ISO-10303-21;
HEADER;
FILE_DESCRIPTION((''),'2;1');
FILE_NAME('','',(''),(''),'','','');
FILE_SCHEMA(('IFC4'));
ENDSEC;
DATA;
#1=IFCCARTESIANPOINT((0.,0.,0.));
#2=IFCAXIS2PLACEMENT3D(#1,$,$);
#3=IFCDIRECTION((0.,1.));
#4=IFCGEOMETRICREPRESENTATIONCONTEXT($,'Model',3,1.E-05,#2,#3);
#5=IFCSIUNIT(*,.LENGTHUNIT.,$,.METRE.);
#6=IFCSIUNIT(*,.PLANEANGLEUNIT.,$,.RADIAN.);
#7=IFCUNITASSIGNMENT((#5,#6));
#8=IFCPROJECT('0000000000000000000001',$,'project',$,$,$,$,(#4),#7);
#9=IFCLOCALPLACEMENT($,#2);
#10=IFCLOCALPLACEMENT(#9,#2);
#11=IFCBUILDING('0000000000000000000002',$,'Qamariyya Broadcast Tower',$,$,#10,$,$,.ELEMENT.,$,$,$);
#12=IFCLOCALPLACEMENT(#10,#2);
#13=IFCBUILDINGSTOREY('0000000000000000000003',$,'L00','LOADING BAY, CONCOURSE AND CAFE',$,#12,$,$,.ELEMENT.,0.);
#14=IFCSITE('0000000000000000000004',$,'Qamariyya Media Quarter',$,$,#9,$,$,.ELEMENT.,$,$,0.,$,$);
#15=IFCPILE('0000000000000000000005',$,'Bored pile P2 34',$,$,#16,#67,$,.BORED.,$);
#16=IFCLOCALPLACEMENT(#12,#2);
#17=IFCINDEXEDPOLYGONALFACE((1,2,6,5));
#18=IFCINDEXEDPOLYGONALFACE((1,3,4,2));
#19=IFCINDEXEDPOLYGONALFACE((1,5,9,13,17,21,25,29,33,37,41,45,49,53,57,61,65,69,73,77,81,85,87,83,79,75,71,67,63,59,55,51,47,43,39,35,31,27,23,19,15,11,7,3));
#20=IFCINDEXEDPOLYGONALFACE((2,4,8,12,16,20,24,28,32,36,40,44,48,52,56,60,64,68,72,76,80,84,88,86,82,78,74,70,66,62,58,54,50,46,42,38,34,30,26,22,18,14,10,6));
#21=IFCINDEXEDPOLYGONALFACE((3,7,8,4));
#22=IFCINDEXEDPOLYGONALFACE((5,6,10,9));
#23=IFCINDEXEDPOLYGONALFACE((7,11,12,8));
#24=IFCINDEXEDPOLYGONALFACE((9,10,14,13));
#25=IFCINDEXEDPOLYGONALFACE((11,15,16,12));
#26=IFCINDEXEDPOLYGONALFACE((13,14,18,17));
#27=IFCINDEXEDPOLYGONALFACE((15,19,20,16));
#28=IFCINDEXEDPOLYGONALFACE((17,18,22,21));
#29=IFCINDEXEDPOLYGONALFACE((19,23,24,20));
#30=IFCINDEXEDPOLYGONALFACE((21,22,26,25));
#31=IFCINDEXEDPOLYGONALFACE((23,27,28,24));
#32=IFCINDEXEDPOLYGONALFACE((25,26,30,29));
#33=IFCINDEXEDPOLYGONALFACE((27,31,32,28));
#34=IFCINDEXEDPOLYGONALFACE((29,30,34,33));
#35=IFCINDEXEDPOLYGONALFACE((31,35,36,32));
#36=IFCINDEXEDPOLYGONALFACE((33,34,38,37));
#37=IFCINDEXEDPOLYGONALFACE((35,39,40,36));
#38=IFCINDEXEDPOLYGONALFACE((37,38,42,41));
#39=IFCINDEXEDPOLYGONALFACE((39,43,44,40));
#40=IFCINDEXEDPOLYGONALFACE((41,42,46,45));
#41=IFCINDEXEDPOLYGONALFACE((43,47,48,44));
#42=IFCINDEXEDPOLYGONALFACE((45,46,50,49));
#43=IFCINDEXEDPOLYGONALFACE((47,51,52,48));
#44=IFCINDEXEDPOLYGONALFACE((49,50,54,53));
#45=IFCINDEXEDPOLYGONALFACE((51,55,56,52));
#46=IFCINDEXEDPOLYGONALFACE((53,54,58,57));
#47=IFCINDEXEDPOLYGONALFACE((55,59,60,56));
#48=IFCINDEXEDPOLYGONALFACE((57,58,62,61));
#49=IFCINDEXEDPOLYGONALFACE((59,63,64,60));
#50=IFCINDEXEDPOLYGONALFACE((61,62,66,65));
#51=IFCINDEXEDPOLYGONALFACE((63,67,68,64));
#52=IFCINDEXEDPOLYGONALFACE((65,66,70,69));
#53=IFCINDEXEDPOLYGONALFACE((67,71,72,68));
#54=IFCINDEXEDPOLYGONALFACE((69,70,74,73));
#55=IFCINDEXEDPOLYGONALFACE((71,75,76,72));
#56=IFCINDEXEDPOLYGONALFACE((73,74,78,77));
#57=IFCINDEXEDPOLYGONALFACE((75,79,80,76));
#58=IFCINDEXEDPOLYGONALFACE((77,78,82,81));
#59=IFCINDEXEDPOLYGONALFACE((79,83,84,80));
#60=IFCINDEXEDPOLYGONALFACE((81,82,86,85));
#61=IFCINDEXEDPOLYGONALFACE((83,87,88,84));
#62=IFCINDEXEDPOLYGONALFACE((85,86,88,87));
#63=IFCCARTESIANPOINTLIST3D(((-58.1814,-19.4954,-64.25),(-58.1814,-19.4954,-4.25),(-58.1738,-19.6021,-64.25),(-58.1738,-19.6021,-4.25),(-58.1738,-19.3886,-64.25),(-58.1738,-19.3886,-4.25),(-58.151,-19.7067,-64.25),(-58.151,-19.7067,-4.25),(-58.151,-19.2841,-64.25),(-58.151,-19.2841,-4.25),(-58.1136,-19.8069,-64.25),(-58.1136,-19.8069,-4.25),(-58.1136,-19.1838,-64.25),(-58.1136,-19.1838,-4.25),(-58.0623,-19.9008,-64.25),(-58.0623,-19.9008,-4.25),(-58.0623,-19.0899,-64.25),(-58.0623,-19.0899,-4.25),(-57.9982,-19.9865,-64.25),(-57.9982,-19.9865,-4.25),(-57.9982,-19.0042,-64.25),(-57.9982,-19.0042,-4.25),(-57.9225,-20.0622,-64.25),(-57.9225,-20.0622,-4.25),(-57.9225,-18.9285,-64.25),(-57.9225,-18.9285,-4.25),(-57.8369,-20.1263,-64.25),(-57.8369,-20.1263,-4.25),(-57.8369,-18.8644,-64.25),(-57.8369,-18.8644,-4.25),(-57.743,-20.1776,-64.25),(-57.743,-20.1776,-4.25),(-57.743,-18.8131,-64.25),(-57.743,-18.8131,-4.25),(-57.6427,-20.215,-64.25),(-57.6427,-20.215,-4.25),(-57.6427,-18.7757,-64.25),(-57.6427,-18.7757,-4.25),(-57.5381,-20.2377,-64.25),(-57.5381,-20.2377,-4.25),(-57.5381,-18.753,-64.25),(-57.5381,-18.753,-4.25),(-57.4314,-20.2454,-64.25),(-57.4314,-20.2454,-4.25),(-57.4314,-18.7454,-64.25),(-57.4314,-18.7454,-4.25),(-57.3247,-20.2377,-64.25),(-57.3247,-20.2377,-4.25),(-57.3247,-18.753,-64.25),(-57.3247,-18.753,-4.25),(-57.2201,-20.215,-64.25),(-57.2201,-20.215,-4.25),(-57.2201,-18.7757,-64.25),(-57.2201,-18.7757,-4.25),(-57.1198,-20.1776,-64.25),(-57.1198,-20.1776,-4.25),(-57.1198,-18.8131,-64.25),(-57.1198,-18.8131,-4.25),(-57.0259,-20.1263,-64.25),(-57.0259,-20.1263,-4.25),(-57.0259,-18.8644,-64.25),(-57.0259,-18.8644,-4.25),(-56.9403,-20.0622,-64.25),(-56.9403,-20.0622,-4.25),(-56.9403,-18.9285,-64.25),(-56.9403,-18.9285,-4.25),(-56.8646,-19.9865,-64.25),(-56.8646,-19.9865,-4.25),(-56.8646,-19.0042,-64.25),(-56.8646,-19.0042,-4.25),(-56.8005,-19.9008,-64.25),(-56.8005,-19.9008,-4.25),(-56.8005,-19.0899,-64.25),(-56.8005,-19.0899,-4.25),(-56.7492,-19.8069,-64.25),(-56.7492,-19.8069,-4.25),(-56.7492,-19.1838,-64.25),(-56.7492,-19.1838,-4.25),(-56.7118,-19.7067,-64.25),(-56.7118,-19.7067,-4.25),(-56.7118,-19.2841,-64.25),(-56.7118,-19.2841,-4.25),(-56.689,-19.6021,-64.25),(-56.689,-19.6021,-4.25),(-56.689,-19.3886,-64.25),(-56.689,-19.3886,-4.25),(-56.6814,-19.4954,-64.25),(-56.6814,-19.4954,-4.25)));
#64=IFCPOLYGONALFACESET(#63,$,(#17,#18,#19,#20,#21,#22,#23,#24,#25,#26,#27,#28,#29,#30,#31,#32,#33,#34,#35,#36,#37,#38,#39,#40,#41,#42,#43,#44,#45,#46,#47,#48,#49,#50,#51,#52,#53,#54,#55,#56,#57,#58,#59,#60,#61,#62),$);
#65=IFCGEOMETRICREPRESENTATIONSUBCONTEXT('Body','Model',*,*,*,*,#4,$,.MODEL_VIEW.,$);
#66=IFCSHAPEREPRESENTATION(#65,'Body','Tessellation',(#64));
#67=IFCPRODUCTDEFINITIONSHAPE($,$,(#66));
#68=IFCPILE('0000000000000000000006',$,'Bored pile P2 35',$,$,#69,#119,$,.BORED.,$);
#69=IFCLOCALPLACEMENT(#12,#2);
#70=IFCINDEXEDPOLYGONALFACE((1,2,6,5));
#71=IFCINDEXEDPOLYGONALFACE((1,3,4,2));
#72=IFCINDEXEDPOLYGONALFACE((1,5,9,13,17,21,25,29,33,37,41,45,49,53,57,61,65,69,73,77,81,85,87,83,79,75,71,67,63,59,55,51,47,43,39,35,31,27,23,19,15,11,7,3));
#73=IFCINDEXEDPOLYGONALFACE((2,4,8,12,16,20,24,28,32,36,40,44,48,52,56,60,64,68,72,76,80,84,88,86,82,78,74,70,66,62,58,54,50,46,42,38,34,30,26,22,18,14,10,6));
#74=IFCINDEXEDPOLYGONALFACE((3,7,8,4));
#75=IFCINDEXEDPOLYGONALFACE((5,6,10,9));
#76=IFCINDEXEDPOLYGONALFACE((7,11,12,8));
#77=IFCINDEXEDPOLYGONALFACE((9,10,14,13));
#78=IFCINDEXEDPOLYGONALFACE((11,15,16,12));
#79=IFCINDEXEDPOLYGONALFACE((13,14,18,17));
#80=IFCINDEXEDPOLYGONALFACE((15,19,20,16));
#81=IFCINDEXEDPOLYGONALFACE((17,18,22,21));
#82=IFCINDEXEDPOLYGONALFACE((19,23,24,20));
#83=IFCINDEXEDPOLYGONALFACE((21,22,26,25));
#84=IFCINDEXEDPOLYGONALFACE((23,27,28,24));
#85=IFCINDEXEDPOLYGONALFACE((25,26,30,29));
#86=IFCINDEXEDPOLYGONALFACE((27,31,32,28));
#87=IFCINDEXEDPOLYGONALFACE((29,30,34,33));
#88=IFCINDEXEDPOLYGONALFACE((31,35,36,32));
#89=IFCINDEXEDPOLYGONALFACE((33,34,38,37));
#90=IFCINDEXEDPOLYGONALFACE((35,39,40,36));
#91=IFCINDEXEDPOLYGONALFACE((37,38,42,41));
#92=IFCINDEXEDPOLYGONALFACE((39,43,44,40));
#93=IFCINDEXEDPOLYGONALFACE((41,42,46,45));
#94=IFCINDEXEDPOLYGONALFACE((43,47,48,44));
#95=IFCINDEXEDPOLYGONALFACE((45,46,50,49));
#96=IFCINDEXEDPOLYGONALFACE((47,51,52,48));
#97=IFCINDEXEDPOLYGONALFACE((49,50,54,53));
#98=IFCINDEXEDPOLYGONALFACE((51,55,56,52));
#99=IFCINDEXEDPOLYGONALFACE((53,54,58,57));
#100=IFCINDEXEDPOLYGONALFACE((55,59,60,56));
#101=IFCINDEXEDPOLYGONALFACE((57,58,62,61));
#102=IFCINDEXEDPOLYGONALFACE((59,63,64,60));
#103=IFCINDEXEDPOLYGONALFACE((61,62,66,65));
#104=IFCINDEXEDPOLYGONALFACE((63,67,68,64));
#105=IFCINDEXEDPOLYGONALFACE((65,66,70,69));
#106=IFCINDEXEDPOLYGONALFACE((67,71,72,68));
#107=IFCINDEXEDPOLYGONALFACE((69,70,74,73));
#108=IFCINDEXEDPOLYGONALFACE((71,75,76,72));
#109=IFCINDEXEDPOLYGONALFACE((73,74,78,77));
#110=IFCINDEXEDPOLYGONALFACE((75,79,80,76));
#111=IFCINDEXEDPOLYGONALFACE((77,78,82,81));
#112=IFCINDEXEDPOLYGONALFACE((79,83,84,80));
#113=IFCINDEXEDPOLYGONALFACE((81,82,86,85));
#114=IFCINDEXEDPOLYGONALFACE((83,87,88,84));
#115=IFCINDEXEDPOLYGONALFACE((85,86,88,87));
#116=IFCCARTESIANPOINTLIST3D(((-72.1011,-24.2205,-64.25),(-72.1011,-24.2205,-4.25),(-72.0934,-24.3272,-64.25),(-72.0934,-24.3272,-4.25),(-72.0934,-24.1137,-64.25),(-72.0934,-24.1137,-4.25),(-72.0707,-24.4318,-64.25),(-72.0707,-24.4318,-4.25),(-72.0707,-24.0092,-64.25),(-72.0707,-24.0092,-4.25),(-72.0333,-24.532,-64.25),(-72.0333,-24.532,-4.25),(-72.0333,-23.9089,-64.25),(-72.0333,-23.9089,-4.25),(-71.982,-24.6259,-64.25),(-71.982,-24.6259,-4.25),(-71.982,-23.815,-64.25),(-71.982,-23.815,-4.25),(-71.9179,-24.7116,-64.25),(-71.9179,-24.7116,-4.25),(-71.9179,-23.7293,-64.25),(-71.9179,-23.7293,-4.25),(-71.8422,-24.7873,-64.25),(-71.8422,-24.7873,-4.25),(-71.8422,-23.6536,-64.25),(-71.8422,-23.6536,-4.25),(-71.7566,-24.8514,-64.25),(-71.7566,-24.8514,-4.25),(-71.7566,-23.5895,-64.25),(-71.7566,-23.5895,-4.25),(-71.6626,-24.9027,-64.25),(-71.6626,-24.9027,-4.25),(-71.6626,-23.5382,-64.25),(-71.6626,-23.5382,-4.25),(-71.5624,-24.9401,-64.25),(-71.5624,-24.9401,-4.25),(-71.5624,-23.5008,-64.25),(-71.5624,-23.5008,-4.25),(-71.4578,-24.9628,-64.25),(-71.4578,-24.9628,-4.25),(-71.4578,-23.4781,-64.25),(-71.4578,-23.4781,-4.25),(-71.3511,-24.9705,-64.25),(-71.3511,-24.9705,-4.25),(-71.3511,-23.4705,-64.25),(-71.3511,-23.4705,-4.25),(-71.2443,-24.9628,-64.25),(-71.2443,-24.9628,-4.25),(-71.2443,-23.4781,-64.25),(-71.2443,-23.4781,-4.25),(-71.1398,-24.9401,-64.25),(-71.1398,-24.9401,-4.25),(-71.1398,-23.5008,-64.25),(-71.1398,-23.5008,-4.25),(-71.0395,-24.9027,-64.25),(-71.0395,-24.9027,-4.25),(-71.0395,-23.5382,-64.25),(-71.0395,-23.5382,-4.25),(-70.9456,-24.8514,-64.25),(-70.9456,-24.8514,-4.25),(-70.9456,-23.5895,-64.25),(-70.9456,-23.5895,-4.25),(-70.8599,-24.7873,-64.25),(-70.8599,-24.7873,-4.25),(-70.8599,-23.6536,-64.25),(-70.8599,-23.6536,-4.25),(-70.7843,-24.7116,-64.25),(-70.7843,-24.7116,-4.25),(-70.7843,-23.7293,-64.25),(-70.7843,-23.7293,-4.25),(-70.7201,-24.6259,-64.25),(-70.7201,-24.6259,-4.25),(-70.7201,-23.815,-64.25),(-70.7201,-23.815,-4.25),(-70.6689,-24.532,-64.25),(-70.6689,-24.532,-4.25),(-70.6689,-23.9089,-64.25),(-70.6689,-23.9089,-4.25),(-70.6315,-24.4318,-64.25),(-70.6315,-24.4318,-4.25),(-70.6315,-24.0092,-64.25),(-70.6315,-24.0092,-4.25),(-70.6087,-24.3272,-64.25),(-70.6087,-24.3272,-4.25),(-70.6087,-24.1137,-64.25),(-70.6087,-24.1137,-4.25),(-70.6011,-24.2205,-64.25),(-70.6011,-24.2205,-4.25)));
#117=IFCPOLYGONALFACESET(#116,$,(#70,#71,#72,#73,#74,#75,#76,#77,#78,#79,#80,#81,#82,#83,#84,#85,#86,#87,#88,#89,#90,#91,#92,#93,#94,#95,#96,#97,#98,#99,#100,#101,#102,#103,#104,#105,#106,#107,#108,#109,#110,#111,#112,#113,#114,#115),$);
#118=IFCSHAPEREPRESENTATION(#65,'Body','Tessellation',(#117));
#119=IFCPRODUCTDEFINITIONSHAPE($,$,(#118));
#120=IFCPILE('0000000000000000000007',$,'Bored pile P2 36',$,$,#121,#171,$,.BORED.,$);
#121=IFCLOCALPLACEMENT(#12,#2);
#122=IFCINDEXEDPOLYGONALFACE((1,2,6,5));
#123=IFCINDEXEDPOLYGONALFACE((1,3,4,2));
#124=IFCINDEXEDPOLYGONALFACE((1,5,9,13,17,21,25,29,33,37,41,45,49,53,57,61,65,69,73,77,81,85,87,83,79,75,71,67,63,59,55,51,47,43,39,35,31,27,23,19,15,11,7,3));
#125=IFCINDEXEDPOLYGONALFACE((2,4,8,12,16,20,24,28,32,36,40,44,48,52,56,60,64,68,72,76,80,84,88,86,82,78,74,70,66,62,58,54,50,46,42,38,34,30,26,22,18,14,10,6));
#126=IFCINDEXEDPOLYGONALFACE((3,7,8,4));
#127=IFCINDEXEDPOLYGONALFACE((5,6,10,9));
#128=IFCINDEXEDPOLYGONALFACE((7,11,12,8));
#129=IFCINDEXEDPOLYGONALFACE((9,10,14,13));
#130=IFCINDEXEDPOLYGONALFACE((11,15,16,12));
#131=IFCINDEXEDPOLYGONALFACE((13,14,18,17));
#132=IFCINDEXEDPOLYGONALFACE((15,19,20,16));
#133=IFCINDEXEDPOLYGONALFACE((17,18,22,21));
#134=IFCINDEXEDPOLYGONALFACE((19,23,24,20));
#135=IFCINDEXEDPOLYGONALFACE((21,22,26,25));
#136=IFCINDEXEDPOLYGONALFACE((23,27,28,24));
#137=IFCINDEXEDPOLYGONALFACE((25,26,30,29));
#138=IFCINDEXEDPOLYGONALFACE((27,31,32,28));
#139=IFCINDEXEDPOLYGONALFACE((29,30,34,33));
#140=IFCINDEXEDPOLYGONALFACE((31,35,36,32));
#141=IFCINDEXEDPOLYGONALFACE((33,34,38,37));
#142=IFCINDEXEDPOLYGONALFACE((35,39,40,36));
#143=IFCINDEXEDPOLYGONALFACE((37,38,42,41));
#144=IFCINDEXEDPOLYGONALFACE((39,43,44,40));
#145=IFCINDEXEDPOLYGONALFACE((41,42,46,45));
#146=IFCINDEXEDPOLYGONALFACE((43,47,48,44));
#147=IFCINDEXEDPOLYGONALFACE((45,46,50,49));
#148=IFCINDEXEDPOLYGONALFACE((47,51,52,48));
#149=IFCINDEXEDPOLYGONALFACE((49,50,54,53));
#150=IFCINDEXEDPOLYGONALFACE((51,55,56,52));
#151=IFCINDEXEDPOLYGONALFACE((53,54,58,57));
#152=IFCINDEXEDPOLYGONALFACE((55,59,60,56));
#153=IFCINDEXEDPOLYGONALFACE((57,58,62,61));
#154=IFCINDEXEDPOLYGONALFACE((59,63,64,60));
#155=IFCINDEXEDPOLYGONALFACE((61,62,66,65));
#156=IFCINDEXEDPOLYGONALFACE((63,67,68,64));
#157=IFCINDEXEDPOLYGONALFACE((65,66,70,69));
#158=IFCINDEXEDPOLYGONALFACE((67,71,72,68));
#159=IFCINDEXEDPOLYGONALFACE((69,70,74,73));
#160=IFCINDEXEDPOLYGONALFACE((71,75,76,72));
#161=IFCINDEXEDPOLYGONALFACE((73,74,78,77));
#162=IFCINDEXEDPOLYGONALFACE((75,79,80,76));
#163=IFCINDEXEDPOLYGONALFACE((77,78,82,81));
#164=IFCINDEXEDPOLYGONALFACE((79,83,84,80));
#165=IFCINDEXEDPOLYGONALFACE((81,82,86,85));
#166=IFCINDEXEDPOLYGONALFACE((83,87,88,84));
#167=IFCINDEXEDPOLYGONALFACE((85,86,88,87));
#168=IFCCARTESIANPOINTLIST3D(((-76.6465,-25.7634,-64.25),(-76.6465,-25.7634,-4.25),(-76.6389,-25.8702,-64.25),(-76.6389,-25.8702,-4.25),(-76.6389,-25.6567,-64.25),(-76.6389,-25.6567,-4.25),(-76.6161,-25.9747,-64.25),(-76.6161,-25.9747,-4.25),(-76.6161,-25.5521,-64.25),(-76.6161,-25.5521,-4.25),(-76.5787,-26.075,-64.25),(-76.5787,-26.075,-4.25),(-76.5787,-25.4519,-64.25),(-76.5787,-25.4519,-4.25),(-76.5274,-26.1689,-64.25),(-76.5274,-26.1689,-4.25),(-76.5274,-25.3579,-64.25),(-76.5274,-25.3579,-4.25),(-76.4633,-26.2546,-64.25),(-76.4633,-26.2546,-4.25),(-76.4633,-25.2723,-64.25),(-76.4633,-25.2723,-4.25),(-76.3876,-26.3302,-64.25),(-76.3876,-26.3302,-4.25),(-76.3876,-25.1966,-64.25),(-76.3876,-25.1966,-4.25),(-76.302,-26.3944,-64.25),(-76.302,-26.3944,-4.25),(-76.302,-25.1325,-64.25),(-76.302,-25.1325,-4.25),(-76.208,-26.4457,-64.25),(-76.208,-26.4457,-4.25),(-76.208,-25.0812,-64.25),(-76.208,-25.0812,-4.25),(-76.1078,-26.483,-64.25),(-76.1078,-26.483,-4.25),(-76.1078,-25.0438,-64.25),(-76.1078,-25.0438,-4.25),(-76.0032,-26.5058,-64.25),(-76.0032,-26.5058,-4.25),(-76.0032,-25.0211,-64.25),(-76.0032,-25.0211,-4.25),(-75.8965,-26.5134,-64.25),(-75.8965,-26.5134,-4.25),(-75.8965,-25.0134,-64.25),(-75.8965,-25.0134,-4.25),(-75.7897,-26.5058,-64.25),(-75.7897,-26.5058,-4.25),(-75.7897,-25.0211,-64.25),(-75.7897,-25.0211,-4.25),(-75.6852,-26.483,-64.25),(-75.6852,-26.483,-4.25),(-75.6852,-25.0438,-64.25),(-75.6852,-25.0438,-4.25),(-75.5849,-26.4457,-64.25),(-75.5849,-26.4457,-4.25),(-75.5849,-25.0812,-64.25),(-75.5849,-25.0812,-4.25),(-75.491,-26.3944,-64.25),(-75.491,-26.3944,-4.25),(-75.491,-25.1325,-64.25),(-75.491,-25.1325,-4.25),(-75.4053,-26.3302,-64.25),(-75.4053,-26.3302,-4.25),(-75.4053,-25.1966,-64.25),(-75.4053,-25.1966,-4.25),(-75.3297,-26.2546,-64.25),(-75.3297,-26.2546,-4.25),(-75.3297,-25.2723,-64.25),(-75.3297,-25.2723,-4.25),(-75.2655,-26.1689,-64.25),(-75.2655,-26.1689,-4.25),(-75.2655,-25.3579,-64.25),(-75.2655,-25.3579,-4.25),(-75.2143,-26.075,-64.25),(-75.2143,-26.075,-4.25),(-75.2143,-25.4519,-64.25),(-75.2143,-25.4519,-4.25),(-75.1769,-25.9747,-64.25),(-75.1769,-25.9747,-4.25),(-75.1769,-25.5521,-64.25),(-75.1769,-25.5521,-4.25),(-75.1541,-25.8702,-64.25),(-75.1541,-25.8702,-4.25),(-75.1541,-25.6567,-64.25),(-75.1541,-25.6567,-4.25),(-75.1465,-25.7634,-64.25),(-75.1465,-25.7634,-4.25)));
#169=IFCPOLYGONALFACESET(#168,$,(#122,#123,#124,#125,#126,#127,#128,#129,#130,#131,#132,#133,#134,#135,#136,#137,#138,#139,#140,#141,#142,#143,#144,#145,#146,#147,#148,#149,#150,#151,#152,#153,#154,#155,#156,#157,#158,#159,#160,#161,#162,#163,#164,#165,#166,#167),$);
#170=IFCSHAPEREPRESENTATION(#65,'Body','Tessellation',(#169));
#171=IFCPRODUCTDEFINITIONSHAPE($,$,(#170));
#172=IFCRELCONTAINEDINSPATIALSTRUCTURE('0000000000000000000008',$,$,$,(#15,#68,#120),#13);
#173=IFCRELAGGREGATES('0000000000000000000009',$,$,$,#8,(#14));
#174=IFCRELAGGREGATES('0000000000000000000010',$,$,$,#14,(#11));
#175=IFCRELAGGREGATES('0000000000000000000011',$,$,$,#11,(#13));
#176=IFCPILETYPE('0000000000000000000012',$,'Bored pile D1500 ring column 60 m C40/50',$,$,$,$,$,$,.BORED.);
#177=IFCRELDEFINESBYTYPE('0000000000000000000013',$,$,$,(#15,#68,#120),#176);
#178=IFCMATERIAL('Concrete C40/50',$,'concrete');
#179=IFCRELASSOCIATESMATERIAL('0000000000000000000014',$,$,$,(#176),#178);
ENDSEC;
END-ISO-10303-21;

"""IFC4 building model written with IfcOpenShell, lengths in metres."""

from ifc_helpers import new_model, si_unit, direction, frame, origin, origin_2d, place, context, subcontext, project, spatial, circle, extrude, material, material_profile, profile_set, type_object, element, save


model = new_model("IFC4")

# Units and contexts
model_context = context("Model", 3, precision=1e-05, world=origin(), true_north=direction((0.0, 1.0)))
body_context = subcontext(model_context, "Body", "Model", "MODEL_VIEW")
ifc_project = project(units=[si_unit("LENGTHUNIT", "METRE"), si_unit("PLANEANGLEUNIT", "RADIAN")], contexts=[model_context])

# Site, building, storey
site_placement = place(None, origin())
site = spatial("IfcSite", under=ifc_project, at=site_placement, Name="Qamariyya Media Quarter", CompositionType="ELEMENT", RefElevation=0.0)
building_placement = place(site_placement, origin())
building = spatial("IfcBuilding", under=site, at=building_placement, Name="Qamariyya Broadcast Tower", CompositionType="ELEMENT")
storey_placement = place(building_placement, origin())
storey = spatial("IfcBuildingStorey", under=building, at=storey_placement, Name="L00", Description="LOADING BAY, CONCOURSE AND CAFE", CompositionType="ELEMENT", Elevation=0.0)

# Piles
ifc_material_1 = material(Name="Concrete C40/50", Category="concrete")
ifc_material_profile_1 = material_profile(ifc_material_1, circle(Radius=0.75, at=origin_2d()))
ifc_profile_set_1 = profile_set([ifc_material_profile_1], Name="Concrete C40/50")
pile_type_1 = type_object("IfcPileType", Name="Bored pile D1500 ring column 60 m C40/50", PredefinedType="BORED", material=ifc_profile_set_1)
for number, where, z_axis, x_axis, name in (
    (1, (-57.4314, -19.4954, -4.25), (0.0, 0.0, -1.0), (1.0, 0.0, 0.0), "Bored pile P2 34"),
    (2, (-71.3511, -24.2205, -4.25), (0.0, 0.0, -1.0), (1.0, 0.0, 0.0), "Bored pile P2 35"),
    (3, (-75.8965, -25.7634, -4.25), (0.0, 0.0, -1.0), (1.0, 0.0, 0.0), "Bored pile P2 36"),
):
    element("IfcPile", number, at=place(storey_placement, frame(where, z_axis=z_axis, x_axis=x_axis)), inside=storey, type_object=pile_type_1, Name=name, PredefinedType="BORED", context=body_context, shape_type="SweptSolid", body=[
        extrude(circle(Radius=0.75, at=origin_2d()), origin(), (0.0, 0.0, 1.0), 60.0),
    ])

save(model, "model.ifc")
